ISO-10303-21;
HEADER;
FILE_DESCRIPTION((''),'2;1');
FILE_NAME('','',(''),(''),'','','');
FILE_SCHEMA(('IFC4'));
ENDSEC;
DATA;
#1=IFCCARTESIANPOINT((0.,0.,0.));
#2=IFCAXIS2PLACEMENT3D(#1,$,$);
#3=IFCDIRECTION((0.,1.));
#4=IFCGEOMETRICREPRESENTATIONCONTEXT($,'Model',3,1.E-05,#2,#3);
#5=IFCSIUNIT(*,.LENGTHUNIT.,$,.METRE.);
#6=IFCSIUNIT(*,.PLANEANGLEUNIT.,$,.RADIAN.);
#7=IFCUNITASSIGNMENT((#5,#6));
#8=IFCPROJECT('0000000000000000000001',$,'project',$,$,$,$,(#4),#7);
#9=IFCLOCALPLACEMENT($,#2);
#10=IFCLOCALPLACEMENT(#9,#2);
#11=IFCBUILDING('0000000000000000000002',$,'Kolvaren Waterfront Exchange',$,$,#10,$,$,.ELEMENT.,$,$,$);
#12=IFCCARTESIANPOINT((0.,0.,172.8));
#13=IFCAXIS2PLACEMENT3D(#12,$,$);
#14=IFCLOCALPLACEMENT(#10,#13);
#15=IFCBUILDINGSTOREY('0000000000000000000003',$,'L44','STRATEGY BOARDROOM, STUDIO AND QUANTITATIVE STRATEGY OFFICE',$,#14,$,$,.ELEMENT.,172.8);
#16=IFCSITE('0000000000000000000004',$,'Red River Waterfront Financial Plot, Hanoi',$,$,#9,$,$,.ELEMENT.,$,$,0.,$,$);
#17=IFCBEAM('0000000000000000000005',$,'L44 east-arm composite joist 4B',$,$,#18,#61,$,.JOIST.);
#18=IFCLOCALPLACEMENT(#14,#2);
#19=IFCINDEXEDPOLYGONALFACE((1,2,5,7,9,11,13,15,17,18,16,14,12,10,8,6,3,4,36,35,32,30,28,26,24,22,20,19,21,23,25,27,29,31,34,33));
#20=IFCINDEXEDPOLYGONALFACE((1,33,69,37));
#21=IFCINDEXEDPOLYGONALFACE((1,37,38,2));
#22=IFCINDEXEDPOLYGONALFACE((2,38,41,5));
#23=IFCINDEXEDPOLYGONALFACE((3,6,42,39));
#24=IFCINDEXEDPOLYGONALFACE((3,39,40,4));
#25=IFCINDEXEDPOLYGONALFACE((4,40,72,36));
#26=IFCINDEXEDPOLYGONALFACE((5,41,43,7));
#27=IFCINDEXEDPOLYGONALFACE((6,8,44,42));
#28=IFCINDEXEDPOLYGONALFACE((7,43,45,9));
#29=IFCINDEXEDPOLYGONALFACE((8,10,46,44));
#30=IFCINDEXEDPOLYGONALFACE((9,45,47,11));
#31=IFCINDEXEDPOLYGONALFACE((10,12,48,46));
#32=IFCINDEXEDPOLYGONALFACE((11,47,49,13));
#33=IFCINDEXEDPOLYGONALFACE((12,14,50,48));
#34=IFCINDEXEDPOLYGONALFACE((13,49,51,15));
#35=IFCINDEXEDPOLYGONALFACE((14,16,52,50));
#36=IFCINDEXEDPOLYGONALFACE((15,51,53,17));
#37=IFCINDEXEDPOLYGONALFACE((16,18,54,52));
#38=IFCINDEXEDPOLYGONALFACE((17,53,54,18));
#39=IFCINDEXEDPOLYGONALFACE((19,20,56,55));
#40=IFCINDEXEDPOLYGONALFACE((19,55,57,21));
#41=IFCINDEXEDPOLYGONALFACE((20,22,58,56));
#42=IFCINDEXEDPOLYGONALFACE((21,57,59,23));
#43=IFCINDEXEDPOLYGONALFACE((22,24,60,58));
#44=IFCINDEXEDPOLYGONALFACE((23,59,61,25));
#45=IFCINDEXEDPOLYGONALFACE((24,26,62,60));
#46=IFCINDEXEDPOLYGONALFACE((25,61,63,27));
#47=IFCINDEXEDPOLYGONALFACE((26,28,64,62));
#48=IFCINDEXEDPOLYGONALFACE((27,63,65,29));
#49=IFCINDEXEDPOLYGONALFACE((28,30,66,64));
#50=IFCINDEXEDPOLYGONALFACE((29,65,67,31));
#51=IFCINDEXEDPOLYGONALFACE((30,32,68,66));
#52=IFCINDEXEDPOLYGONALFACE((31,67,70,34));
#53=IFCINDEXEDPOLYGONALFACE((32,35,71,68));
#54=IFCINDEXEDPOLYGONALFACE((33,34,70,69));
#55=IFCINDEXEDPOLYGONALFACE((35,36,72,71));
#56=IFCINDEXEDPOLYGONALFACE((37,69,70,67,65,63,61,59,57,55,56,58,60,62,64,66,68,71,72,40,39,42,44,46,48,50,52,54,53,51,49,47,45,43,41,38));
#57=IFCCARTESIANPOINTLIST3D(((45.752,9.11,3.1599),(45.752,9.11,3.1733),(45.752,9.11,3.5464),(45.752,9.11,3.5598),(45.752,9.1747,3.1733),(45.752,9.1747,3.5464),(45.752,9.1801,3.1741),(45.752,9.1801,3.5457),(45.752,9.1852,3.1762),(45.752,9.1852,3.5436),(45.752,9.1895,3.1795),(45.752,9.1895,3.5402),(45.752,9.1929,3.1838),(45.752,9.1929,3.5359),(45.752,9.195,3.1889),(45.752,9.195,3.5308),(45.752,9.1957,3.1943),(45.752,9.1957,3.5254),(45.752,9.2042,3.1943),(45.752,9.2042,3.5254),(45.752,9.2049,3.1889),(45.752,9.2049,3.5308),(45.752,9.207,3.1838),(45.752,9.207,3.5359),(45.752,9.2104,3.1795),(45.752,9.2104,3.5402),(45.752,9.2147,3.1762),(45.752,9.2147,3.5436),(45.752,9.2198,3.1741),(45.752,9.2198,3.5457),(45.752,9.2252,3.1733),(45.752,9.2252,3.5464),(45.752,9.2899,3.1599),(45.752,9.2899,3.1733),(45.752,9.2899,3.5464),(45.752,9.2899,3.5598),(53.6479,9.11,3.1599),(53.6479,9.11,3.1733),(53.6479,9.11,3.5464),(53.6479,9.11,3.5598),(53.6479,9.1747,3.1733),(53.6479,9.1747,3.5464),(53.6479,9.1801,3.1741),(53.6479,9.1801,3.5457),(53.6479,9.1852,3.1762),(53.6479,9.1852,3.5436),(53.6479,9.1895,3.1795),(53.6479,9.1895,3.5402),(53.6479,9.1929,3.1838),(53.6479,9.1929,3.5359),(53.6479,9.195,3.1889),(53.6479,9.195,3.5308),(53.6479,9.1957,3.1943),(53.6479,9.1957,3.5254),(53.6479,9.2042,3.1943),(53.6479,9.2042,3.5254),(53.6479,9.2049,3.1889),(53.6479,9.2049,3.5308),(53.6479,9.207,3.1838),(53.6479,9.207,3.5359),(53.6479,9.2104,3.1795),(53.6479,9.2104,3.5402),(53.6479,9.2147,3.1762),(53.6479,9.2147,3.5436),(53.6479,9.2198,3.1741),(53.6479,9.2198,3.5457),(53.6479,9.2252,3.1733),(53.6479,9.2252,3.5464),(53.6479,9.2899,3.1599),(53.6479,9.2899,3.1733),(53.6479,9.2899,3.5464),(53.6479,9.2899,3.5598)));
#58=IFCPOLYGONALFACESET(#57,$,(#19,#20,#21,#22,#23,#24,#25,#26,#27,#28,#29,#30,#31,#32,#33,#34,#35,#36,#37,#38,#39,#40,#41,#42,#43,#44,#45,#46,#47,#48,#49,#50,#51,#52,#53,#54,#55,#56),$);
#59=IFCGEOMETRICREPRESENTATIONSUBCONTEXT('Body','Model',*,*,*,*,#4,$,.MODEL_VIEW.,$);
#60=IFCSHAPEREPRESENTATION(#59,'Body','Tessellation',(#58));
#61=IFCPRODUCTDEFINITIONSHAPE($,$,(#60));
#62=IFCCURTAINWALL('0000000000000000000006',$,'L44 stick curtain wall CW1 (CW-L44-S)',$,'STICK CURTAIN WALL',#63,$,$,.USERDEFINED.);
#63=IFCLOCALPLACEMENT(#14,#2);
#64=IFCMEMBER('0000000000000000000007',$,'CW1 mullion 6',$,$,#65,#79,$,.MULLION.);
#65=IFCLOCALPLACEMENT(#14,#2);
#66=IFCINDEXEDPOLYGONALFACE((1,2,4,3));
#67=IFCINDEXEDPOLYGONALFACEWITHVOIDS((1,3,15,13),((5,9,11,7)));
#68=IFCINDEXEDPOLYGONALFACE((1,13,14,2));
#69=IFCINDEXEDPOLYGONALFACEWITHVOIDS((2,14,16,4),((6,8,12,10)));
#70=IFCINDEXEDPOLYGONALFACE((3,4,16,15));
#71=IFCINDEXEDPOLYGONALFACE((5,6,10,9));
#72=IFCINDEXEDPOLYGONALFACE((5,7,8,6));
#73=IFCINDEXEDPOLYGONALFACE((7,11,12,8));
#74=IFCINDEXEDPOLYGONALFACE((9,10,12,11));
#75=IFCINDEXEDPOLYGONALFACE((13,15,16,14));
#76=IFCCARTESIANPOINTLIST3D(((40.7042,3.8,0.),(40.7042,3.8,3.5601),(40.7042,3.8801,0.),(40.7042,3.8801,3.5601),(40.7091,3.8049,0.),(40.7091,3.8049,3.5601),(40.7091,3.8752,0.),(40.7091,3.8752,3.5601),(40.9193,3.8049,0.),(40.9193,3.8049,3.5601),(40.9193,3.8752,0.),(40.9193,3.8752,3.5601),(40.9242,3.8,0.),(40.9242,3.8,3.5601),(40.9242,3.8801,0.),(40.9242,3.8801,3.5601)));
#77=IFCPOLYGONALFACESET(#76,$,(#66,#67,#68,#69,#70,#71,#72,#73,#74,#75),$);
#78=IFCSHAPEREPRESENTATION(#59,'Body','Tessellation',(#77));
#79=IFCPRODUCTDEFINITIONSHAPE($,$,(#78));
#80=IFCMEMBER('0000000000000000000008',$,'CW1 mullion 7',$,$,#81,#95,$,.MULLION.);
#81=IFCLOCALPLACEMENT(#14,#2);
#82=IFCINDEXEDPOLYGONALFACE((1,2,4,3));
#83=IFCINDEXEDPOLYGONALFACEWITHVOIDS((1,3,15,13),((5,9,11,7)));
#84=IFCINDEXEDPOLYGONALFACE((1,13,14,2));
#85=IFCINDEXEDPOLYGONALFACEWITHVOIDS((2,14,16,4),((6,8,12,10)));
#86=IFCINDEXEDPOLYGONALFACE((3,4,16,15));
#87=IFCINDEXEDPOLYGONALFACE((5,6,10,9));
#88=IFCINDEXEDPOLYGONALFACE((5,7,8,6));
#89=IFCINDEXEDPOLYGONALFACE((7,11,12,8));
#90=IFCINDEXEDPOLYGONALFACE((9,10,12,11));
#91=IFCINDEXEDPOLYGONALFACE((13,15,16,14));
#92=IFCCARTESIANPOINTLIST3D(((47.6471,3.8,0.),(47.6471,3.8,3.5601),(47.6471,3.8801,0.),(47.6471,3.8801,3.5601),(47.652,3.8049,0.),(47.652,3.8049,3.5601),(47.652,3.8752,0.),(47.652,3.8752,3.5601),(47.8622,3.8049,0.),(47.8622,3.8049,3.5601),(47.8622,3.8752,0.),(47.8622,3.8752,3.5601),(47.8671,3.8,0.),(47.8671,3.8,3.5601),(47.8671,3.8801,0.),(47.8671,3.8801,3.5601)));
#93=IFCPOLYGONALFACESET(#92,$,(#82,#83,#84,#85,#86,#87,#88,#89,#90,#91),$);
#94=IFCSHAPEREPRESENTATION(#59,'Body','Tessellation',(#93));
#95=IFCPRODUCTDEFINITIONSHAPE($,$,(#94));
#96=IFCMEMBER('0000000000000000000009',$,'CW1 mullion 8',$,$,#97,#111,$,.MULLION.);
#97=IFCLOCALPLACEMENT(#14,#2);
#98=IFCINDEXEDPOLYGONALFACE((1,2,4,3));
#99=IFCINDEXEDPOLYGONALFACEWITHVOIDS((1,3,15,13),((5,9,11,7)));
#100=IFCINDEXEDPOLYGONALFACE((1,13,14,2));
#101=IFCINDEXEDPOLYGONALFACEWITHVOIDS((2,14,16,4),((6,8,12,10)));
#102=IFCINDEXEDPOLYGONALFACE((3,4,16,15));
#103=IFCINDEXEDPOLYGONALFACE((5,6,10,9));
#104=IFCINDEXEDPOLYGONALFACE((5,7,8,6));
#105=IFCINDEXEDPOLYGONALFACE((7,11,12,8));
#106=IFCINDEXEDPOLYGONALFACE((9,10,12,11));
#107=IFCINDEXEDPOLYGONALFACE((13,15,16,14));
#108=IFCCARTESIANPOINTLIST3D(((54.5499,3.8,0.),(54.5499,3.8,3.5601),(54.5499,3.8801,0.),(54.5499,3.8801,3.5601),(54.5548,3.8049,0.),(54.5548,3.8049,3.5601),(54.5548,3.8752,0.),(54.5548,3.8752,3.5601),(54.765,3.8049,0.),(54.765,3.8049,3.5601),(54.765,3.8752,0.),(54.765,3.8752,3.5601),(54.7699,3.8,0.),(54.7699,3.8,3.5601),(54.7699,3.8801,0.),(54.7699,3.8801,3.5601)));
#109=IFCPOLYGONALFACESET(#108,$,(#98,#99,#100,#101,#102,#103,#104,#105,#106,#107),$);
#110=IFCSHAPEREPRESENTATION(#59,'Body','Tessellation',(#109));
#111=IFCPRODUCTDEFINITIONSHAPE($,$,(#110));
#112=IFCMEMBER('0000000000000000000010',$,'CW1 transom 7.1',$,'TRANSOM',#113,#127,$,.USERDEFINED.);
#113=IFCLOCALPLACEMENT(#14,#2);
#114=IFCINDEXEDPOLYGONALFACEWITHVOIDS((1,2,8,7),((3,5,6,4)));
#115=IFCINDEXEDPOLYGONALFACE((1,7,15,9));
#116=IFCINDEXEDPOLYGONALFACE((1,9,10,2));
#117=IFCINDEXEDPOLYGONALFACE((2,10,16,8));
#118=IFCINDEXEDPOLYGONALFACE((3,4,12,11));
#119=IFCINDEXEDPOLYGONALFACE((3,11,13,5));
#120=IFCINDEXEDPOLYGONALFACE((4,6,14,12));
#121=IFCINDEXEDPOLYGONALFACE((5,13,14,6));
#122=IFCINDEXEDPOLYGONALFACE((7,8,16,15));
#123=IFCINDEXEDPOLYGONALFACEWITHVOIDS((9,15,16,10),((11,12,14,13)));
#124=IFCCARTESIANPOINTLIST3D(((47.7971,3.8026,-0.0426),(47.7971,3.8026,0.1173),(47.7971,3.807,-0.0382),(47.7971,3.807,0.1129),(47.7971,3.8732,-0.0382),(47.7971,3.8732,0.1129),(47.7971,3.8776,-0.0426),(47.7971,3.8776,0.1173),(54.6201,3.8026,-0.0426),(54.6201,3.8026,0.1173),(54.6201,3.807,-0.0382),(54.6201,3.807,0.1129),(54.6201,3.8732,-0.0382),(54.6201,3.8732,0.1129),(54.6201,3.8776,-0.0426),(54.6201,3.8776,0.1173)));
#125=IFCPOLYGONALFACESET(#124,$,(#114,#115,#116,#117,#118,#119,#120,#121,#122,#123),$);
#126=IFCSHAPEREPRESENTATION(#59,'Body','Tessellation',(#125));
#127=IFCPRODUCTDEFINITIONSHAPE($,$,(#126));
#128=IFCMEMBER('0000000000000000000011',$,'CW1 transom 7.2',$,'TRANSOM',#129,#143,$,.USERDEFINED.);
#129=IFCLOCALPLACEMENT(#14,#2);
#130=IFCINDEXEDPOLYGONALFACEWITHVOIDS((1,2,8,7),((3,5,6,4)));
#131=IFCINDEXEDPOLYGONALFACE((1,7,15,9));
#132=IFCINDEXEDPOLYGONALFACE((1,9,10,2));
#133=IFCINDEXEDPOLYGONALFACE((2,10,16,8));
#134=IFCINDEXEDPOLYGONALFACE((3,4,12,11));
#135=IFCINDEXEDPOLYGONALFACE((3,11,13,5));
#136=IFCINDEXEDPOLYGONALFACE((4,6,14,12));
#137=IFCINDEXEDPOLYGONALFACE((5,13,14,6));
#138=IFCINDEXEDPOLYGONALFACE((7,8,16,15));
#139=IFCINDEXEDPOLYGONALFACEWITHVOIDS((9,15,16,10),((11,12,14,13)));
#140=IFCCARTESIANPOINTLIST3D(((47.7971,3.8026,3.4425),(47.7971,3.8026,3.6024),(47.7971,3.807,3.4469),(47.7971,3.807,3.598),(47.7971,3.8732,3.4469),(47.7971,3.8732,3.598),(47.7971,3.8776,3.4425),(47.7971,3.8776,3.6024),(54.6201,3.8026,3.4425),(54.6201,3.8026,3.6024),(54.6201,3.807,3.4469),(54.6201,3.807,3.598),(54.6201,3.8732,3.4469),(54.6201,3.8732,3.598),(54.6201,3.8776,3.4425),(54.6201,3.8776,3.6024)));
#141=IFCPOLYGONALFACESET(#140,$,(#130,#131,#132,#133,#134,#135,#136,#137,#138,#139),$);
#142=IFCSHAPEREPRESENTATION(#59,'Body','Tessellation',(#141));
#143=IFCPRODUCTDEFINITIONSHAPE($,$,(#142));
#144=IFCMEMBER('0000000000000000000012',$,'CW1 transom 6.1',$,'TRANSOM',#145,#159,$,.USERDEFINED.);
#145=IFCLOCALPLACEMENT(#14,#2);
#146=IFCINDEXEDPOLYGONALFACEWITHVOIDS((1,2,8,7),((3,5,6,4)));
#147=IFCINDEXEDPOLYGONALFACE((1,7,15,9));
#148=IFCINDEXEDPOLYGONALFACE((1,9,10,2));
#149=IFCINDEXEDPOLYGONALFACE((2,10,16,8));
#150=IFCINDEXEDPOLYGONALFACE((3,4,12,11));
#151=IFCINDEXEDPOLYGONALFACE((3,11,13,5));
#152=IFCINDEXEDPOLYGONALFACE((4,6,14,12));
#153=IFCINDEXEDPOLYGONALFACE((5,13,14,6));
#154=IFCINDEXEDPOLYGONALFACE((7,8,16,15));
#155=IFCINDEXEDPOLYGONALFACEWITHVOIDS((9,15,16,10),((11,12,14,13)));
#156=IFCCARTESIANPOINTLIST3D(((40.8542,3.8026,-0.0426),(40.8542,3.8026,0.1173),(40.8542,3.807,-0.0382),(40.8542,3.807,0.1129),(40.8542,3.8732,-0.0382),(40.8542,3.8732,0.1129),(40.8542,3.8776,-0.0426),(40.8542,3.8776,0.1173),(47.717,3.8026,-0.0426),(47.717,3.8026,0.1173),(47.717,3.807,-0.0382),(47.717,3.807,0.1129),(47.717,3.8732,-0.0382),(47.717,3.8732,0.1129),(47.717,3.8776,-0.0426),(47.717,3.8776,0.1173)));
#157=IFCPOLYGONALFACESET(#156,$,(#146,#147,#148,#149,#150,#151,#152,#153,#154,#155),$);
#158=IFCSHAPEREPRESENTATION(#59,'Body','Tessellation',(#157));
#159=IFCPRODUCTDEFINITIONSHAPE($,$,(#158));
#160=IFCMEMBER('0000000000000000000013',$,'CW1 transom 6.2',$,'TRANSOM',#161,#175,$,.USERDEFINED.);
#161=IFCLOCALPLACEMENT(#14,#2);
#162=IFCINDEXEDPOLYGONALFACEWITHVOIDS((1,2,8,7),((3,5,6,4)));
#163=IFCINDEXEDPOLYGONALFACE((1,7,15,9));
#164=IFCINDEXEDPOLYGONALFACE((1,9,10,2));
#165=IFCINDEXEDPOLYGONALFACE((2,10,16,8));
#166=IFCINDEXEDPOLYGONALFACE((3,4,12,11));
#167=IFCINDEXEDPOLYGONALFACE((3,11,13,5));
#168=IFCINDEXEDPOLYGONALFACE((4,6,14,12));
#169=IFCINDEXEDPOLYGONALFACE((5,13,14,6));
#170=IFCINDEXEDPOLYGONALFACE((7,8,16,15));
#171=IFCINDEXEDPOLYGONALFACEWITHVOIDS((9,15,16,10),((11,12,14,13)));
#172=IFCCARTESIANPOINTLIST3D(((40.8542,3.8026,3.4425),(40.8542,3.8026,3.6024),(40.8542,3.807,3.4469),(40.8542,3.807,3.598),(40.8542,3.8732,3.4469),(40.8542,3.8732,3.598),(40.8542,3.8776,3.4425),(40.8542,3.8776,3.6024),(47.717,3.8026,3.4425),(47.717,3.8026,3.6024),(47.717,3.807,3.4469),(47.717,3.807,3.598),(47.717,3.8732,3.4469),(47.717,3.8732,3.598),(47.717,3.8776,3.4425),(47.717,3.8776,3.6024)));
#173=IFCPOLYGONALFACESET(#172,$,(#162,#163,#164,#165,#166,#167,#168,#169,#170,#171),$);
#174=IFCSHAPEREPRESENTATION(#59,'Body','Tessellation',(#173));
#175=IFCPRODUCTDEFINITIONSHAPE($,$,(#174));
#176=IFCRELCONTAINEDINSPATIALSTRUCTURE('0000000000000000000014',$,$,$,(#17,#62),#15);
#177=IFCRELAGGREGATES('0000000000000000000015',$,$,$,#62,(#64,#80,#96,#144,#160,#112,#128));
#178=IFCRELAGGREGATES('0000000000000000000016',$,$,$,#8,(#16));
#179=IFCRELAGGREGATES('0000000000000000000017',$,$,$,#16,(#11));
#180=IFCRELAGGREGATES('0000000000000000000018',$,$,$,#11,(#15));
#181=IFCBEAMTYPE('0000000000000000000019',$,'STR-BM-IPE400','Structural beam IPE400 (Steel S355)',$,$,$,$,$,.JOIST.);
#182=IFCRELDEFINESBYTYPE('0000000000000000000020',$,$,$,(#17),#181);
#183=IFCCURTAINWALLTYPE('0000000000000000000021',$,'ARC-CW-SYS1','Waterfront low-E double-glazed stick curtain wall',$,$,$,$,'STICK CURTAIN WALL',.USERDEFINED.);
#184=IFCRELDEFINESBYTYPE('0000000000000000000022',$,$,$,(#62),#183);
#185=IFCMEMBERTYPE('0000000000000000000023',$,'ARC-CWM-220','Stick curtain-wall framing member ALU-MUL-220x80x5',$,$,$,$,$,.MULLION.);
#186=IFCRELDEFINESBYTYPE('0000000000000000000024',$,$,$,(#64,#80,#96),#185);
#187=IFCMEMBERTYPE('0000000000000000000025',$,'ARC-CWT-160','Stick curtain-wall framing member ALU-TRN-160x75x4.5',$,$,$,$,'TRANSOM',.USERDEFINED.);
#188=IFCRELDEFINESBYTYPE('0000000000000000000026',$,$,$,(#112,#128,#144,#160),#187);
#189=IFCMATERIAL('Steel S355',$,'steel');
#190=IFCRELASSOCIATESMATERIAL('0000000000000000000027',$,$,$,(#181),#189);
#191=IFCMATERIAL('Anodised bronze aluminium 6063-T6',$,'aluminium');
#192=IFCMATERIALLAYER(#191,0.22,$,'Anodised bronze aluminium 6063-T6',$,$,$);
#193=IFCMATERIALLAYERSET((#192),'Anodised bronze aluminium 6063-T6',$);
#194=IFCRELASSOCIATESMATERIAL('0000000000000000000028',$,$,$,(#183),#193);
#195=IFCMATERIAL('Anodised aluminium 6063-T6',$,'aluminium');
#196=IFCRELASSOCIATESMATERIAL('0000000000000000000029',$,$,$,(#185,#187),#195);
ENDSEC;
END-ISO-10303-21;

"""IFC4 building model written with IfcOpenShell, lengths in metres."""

from ifc_helpers import new_model, si_unit, direction, frame, origin, origin_with_axes, origin_2d, place, context, subcontext, project, spatial, hollow_rectangle, i_section, extrude, source, transform, mapped, material, layer, layer_set, material_profile, profile_set, type_object, element, aggregate, save


model = new_model("IFC4")

# Units and contexts
model_context = context("Model", 3, precision=1e-05, world=origin(), true_north=direction((0.0, 1.0)))
body_context = subcontext(model_context, "Body", "Model", "MODEL_VIEW")
ifc_project = project(units=[si_unit("LENGTHUNIT", "METRE"), si_unit("PLANEANGLEUNIT", "RADIAN")], contexts=[model_context])

# Site, building, storey
site_placement = place(None, origin())
site = spatial("IfcSite", under=ifc_project, at=site_placement, Name="Red River Waterfront Financial Plot, Hanoi", CompositionType="ELEMENT", RefElevation=0.0)
building_placement = place(site_placement, origin())
building = spatial("IfcBuilding", under=site, at=building_placement, Name="Kolvaren Waterfront Exchange", CompositionType="ELEMENT")
storey_placement = place(building_placement, frame((0.0, 0.0, 172.8)))
storey = spatial("IfcBuildingStorey", under=building, at=storey_placement, Name="L44", Description="STRATEGY BOARDROOM, STUDIO AND QUANTITATIVE STRATEGY OFFICE", CompositionType="ELEMENT", Elevation=172.8)

# Beam
ifc_material_1 = material(Name="Steel S355", Category="steel")
ifc_material_profile_1 = material_profile(ifc_material_1, i_section(OverallWidth=0.1799, OverallDepth=0.3999, WebThickness=0.0085, FlangeThickness=0.0134, FilletRadius=0.021, at=origin_2d()), Name="IPE400")
ifc_profile_set_1 = profile_set([ifc_material_profile_1], Name="Steel S355")
beam_type_1 = type_object("IfcBeamType", Name="STR-BM-IPE400", Description="Structural beam IPE400 (Steel S355)", PredefinedType="JOIST", material=ifc_profile_set_1)
beam_1_placement = place(storey_placement, frame((45.752, 9.2, 3.3599), z_axis=(1.0, 0.0, 0.0), x_axis=(0.0, 1.0, 0.0)))
element("IfcBeam", 1, at=beam_1_placement, inside=storey, type_object=beam_type_1, Name="L44 east-arm composite joist 4B", PredefinedType="JOIST", context=body_context, shape_type="SweptSolid", body=[
    extrude(i_section(OverallWidth=0.1799, OverallDepth=0.3999, WebThickness=0.0085, FlangeThickness=0.0134, FilletRadius=0.021, at=origin_2d()), origin(), (0.0, 0.0, 1.0), 7.896),
])

# Curtain wall, members
ifc_material_2 = material(Name="Anodised bronze aluminium 6063-T6", Category="aluminium")
ifc_layer_1 = layer(ifc_material_2, 0.22, Name="Anodised bronze aluminium 6063-T6")
ifc_layer_set_1 = layer_set([ifc_layer_1], Name="Anodised bronze aluminium 6063-T6")
curtain_wall_type = type_object("IfcCurtainWallType", Name="ARC-CW-SYS1", Description="Waterfront low-E double-glazed stick curtain wall", ElementType="STICK CURTAIN WALL", PredefinedType="USERDEFINED", material=ifc_layer_set_1)
curtain_wall_placement = place(storey_placement, origin())
curtain_wall = element("IfcCurtainWall", 2, at=curtain_wall_placement, inside=storey, type_object=curtain_wall_type, Name="L44 stick curtain wall CW1 (CW-L44-S)", ObjectType="STICK CURTAIN WALL", PredefinedType="USERDEFINED")
ifc_material_3 = material(Name="Anodised aluminium 6063-T6", Category="aluminium")
ifc_material_profile_2 = material_profile(ifc_material_3, hollow_rectangle(XDim=0.0801, YDim=0.22, WallThickness=0.0049, at=origin_2d()), Name="ALU-MUL-220x80x5")
ifc_profile_set_2 = profile_set([ifc_material_profile_2], Name="Anodised aluminium 6063-T6")
member_type_1 = type_object("IfcMemberType", Name="ARC-CWM-220", Description="Stick curtain-wall framing member ALU-MUL-220x80x5", PredefinedType="MULLION", material=ifc_profile_set_2)
shared_shape_1 = source(origin_with_axes(), body_context, "Body", "SweptSolid", [
    extrude(hollow_rectangle(XDim=0.0801, YDim=0.22, WallThickness=0.0049, at=origin_2d()), origin(), (0.0, 0.0, 1.0), 3.5601),
])
member_1_placement = place(storey_placement, frame((40.8142, 3.8401, 0.0), z_axis=(0.0, 0.0, 1.0), x_axis=(0.0, 1.0, 0.0)))
member_1 = element("IfcMember", 3, at=member_1_placement, type_object=member_type_1, Name="CW1 mullion 6", PredefinedType="MULLION", context=body_context, shape_type="MappedRepresentation", body=[
    mapped(shared_shape_1, transform((0.0, 0.0, 0.0), x_axis=(1.0, 0.0, 0.0), y_axis=(0.0, 1.0, 0.0), z_axis=(0.0, 0.0, 1.0), scale=1.0)),
])
member_2_placement = place(storey_placement, frame((47.7571, 3.8401, 0.0), z_axis=(0.0, 0.0, 1.0), x_axis=(0.0, 1.0, 0.0)))
member_2 = element("IfcMember", 4, at=member_2_placement, type_object=member_type_1, Name="CW1 mullion 7", PredefinedType="MULLION", context=body_context, shape_type="MappedRepresentation", body=[
    mapped(shared_shape_1, transform((0.0, 0.0, 0.0), x_axis=(1.0, 0.0, 0.0), y_axis=(0.0, 1.0, 0.0), z_axis=(0.0, 0.0, 1.0), scale=1.0)),
])
member_3_placement = place(storey_placement, frame((54.6599, 3.8401, 0.0), z_axis=(0.0, 0.0, 1.0), x_axis=(0.0, 1.0, 0.0)))
member_3 = element("IfcMember", 5, at=member_3_placement, type_object=member_type_1, Name="CW1 mullion 8", PredefinedType="MULLION", context=body_context, shape_type="MappedRepresentation", body=[
    mapped(shared_shape_1, transform((0.0, 0.0, 0.0), x_axis=(1.0, 0.0, 0.0), y_axis=(0.0, 1.0, 0.0), z_axis=(0.0, 0.0, 1.0), scale=1.0)),
])
ifc_material_profile_3 = material_profile(ifc_material_3, hollow_rectangle(XDim=0.075, YDim=0.1599, WallThickness=0.0044, at=origin_2d()), Name="ALU-TRN-160x75x4.5")
ifc_profile_set_3 = profile_set([ifc_material_profile_3], Name="Anodised aluminium 6063-T6")
member_type_2 = type_object("IfcMemberType", Name="ARC-CWT-160", Description="Stick curtain-wall framing member ALU-TRN-160x75x4.5", ElementType="TRANSOM", PredefinedType="USERDEFINED", material=ifc_profile_set_3)
shared_shape_2 = source(origin_with_axes(), body_context, "Body", "SweptSolid", [
    extrude(hollow_rectangle(XDim=0.075, YDim=0.1599, WallThickness=0.0044, at=origin_2d()), origin(), (0.0, 0.0, 1.0), 6.823),
])
member_4_placement = place(storey_placement, frame((47.7971, 3.8401, 0.0374), z_axis=(1.0, 0.0, 0.0), x_axis=(0.0, 1.0, 0.0)))
member_4 = element("IfcMember", 6, at=member_4_placement, type_object=member_type_2, Name="CW1 transom 7.1", ObjectType="TRANSOM", PredefinedType="USERDEFINED", context=body_context, shape_type="MappedRepresentation", body=[
    mapped(shared_shape_2, transform((0.0, 0.0, 0.0), x_axis=(1.0, 0.0, 0.0), y_axis=(0.0, 1.0, 0.0), z_axis=(0.0, 0.0, 1.0), scale=1.0)),
])
member_5_placement = place(storey_placement, frame((47.7971, 3.8401, 3.5225), z_axis=(1.0, 0.0, 0.0), x_axis=(0.0, 1.0, 0.0)))
member_5 = element("IfcMember", 7, at=member_5_placement, type_object=member_type_2, Name="CW1 transom 7.2", ObjectType="TRANSOM", PredefinedType="USERDEFINED", context=body_context, shape_type="MappedRepresentation", body=[
    mapped(shared_shape_2, transform((0.0, 0.0, 0.0), x_axis=(1.0, 0.0, 0.0), y_axis=(0.0, 1.0, 0.0), z_axis=(0.0, 0.0, 1.0), scale=1.0)),
])
shared_shape_3 = source(origin_with_axes(), body_context, "Body", "SweptSolid", [
    extrude(hollow_rectangle(XDim=0.075, YDim=0.1599, WallThickness=0.0044, at=origin_2d()), origin(), (0.0, 0.0, 1.0), 6.8628),
])
member_6_placement = place(storey_placement, frame((40.8542, 3.8401, 0.0374), z_axis=(1.0, 0.0, 0.0), x_axis=(0.0, 1.0, 0.0)))
member_6 = element("IfcMember", 8, at=member_6_placement, type_object=member_type_2, Name="CW1 transom 6.1", ObjectType="TRANSOM", PredefinedType="USERDEFINED", context=body_context, shape_type="MappedRepresentation", body=[
    mapped(shared_shape_3, transform((0.0, 0.0, 0.0), x_axis=(1.0, 0.0, 0.0), y_axis=(0.0, 1.0, 0.0), z_axis=(0.0, 0.0, 1.0), scale=1.0)),
])
member_7_placement = place(storey_placement, frame((40.8542, 3.8401, 3.5225), z_axis=(1.0, 0.0, 0.0), x_axis=(0.0, 1.0, 0.0)))
member_7 = element("IfcMember", 9, at=member_7_placement, type_object=member_type_2, Name="CW1 transom 6.2", ObjectType="TRANSOM", PredefinedType="USERDEFINED", context=body_context, shape_type="MappedRepresentation", body=[
    mapped(shared_shape_3, transform((0.0, 0.0, 0.0), x_axis=(1.0, 0.0, 0.0), y_axis=(0.0, 1.0, 0.0), z_axis=(0.0, 0.0, 1.0), scale=1.0)),
])
aggregate(curtain_wall, [member_1, member_2, member_3, member_6, member_7, member_4, member_5])

save(model, "model.ifc")
